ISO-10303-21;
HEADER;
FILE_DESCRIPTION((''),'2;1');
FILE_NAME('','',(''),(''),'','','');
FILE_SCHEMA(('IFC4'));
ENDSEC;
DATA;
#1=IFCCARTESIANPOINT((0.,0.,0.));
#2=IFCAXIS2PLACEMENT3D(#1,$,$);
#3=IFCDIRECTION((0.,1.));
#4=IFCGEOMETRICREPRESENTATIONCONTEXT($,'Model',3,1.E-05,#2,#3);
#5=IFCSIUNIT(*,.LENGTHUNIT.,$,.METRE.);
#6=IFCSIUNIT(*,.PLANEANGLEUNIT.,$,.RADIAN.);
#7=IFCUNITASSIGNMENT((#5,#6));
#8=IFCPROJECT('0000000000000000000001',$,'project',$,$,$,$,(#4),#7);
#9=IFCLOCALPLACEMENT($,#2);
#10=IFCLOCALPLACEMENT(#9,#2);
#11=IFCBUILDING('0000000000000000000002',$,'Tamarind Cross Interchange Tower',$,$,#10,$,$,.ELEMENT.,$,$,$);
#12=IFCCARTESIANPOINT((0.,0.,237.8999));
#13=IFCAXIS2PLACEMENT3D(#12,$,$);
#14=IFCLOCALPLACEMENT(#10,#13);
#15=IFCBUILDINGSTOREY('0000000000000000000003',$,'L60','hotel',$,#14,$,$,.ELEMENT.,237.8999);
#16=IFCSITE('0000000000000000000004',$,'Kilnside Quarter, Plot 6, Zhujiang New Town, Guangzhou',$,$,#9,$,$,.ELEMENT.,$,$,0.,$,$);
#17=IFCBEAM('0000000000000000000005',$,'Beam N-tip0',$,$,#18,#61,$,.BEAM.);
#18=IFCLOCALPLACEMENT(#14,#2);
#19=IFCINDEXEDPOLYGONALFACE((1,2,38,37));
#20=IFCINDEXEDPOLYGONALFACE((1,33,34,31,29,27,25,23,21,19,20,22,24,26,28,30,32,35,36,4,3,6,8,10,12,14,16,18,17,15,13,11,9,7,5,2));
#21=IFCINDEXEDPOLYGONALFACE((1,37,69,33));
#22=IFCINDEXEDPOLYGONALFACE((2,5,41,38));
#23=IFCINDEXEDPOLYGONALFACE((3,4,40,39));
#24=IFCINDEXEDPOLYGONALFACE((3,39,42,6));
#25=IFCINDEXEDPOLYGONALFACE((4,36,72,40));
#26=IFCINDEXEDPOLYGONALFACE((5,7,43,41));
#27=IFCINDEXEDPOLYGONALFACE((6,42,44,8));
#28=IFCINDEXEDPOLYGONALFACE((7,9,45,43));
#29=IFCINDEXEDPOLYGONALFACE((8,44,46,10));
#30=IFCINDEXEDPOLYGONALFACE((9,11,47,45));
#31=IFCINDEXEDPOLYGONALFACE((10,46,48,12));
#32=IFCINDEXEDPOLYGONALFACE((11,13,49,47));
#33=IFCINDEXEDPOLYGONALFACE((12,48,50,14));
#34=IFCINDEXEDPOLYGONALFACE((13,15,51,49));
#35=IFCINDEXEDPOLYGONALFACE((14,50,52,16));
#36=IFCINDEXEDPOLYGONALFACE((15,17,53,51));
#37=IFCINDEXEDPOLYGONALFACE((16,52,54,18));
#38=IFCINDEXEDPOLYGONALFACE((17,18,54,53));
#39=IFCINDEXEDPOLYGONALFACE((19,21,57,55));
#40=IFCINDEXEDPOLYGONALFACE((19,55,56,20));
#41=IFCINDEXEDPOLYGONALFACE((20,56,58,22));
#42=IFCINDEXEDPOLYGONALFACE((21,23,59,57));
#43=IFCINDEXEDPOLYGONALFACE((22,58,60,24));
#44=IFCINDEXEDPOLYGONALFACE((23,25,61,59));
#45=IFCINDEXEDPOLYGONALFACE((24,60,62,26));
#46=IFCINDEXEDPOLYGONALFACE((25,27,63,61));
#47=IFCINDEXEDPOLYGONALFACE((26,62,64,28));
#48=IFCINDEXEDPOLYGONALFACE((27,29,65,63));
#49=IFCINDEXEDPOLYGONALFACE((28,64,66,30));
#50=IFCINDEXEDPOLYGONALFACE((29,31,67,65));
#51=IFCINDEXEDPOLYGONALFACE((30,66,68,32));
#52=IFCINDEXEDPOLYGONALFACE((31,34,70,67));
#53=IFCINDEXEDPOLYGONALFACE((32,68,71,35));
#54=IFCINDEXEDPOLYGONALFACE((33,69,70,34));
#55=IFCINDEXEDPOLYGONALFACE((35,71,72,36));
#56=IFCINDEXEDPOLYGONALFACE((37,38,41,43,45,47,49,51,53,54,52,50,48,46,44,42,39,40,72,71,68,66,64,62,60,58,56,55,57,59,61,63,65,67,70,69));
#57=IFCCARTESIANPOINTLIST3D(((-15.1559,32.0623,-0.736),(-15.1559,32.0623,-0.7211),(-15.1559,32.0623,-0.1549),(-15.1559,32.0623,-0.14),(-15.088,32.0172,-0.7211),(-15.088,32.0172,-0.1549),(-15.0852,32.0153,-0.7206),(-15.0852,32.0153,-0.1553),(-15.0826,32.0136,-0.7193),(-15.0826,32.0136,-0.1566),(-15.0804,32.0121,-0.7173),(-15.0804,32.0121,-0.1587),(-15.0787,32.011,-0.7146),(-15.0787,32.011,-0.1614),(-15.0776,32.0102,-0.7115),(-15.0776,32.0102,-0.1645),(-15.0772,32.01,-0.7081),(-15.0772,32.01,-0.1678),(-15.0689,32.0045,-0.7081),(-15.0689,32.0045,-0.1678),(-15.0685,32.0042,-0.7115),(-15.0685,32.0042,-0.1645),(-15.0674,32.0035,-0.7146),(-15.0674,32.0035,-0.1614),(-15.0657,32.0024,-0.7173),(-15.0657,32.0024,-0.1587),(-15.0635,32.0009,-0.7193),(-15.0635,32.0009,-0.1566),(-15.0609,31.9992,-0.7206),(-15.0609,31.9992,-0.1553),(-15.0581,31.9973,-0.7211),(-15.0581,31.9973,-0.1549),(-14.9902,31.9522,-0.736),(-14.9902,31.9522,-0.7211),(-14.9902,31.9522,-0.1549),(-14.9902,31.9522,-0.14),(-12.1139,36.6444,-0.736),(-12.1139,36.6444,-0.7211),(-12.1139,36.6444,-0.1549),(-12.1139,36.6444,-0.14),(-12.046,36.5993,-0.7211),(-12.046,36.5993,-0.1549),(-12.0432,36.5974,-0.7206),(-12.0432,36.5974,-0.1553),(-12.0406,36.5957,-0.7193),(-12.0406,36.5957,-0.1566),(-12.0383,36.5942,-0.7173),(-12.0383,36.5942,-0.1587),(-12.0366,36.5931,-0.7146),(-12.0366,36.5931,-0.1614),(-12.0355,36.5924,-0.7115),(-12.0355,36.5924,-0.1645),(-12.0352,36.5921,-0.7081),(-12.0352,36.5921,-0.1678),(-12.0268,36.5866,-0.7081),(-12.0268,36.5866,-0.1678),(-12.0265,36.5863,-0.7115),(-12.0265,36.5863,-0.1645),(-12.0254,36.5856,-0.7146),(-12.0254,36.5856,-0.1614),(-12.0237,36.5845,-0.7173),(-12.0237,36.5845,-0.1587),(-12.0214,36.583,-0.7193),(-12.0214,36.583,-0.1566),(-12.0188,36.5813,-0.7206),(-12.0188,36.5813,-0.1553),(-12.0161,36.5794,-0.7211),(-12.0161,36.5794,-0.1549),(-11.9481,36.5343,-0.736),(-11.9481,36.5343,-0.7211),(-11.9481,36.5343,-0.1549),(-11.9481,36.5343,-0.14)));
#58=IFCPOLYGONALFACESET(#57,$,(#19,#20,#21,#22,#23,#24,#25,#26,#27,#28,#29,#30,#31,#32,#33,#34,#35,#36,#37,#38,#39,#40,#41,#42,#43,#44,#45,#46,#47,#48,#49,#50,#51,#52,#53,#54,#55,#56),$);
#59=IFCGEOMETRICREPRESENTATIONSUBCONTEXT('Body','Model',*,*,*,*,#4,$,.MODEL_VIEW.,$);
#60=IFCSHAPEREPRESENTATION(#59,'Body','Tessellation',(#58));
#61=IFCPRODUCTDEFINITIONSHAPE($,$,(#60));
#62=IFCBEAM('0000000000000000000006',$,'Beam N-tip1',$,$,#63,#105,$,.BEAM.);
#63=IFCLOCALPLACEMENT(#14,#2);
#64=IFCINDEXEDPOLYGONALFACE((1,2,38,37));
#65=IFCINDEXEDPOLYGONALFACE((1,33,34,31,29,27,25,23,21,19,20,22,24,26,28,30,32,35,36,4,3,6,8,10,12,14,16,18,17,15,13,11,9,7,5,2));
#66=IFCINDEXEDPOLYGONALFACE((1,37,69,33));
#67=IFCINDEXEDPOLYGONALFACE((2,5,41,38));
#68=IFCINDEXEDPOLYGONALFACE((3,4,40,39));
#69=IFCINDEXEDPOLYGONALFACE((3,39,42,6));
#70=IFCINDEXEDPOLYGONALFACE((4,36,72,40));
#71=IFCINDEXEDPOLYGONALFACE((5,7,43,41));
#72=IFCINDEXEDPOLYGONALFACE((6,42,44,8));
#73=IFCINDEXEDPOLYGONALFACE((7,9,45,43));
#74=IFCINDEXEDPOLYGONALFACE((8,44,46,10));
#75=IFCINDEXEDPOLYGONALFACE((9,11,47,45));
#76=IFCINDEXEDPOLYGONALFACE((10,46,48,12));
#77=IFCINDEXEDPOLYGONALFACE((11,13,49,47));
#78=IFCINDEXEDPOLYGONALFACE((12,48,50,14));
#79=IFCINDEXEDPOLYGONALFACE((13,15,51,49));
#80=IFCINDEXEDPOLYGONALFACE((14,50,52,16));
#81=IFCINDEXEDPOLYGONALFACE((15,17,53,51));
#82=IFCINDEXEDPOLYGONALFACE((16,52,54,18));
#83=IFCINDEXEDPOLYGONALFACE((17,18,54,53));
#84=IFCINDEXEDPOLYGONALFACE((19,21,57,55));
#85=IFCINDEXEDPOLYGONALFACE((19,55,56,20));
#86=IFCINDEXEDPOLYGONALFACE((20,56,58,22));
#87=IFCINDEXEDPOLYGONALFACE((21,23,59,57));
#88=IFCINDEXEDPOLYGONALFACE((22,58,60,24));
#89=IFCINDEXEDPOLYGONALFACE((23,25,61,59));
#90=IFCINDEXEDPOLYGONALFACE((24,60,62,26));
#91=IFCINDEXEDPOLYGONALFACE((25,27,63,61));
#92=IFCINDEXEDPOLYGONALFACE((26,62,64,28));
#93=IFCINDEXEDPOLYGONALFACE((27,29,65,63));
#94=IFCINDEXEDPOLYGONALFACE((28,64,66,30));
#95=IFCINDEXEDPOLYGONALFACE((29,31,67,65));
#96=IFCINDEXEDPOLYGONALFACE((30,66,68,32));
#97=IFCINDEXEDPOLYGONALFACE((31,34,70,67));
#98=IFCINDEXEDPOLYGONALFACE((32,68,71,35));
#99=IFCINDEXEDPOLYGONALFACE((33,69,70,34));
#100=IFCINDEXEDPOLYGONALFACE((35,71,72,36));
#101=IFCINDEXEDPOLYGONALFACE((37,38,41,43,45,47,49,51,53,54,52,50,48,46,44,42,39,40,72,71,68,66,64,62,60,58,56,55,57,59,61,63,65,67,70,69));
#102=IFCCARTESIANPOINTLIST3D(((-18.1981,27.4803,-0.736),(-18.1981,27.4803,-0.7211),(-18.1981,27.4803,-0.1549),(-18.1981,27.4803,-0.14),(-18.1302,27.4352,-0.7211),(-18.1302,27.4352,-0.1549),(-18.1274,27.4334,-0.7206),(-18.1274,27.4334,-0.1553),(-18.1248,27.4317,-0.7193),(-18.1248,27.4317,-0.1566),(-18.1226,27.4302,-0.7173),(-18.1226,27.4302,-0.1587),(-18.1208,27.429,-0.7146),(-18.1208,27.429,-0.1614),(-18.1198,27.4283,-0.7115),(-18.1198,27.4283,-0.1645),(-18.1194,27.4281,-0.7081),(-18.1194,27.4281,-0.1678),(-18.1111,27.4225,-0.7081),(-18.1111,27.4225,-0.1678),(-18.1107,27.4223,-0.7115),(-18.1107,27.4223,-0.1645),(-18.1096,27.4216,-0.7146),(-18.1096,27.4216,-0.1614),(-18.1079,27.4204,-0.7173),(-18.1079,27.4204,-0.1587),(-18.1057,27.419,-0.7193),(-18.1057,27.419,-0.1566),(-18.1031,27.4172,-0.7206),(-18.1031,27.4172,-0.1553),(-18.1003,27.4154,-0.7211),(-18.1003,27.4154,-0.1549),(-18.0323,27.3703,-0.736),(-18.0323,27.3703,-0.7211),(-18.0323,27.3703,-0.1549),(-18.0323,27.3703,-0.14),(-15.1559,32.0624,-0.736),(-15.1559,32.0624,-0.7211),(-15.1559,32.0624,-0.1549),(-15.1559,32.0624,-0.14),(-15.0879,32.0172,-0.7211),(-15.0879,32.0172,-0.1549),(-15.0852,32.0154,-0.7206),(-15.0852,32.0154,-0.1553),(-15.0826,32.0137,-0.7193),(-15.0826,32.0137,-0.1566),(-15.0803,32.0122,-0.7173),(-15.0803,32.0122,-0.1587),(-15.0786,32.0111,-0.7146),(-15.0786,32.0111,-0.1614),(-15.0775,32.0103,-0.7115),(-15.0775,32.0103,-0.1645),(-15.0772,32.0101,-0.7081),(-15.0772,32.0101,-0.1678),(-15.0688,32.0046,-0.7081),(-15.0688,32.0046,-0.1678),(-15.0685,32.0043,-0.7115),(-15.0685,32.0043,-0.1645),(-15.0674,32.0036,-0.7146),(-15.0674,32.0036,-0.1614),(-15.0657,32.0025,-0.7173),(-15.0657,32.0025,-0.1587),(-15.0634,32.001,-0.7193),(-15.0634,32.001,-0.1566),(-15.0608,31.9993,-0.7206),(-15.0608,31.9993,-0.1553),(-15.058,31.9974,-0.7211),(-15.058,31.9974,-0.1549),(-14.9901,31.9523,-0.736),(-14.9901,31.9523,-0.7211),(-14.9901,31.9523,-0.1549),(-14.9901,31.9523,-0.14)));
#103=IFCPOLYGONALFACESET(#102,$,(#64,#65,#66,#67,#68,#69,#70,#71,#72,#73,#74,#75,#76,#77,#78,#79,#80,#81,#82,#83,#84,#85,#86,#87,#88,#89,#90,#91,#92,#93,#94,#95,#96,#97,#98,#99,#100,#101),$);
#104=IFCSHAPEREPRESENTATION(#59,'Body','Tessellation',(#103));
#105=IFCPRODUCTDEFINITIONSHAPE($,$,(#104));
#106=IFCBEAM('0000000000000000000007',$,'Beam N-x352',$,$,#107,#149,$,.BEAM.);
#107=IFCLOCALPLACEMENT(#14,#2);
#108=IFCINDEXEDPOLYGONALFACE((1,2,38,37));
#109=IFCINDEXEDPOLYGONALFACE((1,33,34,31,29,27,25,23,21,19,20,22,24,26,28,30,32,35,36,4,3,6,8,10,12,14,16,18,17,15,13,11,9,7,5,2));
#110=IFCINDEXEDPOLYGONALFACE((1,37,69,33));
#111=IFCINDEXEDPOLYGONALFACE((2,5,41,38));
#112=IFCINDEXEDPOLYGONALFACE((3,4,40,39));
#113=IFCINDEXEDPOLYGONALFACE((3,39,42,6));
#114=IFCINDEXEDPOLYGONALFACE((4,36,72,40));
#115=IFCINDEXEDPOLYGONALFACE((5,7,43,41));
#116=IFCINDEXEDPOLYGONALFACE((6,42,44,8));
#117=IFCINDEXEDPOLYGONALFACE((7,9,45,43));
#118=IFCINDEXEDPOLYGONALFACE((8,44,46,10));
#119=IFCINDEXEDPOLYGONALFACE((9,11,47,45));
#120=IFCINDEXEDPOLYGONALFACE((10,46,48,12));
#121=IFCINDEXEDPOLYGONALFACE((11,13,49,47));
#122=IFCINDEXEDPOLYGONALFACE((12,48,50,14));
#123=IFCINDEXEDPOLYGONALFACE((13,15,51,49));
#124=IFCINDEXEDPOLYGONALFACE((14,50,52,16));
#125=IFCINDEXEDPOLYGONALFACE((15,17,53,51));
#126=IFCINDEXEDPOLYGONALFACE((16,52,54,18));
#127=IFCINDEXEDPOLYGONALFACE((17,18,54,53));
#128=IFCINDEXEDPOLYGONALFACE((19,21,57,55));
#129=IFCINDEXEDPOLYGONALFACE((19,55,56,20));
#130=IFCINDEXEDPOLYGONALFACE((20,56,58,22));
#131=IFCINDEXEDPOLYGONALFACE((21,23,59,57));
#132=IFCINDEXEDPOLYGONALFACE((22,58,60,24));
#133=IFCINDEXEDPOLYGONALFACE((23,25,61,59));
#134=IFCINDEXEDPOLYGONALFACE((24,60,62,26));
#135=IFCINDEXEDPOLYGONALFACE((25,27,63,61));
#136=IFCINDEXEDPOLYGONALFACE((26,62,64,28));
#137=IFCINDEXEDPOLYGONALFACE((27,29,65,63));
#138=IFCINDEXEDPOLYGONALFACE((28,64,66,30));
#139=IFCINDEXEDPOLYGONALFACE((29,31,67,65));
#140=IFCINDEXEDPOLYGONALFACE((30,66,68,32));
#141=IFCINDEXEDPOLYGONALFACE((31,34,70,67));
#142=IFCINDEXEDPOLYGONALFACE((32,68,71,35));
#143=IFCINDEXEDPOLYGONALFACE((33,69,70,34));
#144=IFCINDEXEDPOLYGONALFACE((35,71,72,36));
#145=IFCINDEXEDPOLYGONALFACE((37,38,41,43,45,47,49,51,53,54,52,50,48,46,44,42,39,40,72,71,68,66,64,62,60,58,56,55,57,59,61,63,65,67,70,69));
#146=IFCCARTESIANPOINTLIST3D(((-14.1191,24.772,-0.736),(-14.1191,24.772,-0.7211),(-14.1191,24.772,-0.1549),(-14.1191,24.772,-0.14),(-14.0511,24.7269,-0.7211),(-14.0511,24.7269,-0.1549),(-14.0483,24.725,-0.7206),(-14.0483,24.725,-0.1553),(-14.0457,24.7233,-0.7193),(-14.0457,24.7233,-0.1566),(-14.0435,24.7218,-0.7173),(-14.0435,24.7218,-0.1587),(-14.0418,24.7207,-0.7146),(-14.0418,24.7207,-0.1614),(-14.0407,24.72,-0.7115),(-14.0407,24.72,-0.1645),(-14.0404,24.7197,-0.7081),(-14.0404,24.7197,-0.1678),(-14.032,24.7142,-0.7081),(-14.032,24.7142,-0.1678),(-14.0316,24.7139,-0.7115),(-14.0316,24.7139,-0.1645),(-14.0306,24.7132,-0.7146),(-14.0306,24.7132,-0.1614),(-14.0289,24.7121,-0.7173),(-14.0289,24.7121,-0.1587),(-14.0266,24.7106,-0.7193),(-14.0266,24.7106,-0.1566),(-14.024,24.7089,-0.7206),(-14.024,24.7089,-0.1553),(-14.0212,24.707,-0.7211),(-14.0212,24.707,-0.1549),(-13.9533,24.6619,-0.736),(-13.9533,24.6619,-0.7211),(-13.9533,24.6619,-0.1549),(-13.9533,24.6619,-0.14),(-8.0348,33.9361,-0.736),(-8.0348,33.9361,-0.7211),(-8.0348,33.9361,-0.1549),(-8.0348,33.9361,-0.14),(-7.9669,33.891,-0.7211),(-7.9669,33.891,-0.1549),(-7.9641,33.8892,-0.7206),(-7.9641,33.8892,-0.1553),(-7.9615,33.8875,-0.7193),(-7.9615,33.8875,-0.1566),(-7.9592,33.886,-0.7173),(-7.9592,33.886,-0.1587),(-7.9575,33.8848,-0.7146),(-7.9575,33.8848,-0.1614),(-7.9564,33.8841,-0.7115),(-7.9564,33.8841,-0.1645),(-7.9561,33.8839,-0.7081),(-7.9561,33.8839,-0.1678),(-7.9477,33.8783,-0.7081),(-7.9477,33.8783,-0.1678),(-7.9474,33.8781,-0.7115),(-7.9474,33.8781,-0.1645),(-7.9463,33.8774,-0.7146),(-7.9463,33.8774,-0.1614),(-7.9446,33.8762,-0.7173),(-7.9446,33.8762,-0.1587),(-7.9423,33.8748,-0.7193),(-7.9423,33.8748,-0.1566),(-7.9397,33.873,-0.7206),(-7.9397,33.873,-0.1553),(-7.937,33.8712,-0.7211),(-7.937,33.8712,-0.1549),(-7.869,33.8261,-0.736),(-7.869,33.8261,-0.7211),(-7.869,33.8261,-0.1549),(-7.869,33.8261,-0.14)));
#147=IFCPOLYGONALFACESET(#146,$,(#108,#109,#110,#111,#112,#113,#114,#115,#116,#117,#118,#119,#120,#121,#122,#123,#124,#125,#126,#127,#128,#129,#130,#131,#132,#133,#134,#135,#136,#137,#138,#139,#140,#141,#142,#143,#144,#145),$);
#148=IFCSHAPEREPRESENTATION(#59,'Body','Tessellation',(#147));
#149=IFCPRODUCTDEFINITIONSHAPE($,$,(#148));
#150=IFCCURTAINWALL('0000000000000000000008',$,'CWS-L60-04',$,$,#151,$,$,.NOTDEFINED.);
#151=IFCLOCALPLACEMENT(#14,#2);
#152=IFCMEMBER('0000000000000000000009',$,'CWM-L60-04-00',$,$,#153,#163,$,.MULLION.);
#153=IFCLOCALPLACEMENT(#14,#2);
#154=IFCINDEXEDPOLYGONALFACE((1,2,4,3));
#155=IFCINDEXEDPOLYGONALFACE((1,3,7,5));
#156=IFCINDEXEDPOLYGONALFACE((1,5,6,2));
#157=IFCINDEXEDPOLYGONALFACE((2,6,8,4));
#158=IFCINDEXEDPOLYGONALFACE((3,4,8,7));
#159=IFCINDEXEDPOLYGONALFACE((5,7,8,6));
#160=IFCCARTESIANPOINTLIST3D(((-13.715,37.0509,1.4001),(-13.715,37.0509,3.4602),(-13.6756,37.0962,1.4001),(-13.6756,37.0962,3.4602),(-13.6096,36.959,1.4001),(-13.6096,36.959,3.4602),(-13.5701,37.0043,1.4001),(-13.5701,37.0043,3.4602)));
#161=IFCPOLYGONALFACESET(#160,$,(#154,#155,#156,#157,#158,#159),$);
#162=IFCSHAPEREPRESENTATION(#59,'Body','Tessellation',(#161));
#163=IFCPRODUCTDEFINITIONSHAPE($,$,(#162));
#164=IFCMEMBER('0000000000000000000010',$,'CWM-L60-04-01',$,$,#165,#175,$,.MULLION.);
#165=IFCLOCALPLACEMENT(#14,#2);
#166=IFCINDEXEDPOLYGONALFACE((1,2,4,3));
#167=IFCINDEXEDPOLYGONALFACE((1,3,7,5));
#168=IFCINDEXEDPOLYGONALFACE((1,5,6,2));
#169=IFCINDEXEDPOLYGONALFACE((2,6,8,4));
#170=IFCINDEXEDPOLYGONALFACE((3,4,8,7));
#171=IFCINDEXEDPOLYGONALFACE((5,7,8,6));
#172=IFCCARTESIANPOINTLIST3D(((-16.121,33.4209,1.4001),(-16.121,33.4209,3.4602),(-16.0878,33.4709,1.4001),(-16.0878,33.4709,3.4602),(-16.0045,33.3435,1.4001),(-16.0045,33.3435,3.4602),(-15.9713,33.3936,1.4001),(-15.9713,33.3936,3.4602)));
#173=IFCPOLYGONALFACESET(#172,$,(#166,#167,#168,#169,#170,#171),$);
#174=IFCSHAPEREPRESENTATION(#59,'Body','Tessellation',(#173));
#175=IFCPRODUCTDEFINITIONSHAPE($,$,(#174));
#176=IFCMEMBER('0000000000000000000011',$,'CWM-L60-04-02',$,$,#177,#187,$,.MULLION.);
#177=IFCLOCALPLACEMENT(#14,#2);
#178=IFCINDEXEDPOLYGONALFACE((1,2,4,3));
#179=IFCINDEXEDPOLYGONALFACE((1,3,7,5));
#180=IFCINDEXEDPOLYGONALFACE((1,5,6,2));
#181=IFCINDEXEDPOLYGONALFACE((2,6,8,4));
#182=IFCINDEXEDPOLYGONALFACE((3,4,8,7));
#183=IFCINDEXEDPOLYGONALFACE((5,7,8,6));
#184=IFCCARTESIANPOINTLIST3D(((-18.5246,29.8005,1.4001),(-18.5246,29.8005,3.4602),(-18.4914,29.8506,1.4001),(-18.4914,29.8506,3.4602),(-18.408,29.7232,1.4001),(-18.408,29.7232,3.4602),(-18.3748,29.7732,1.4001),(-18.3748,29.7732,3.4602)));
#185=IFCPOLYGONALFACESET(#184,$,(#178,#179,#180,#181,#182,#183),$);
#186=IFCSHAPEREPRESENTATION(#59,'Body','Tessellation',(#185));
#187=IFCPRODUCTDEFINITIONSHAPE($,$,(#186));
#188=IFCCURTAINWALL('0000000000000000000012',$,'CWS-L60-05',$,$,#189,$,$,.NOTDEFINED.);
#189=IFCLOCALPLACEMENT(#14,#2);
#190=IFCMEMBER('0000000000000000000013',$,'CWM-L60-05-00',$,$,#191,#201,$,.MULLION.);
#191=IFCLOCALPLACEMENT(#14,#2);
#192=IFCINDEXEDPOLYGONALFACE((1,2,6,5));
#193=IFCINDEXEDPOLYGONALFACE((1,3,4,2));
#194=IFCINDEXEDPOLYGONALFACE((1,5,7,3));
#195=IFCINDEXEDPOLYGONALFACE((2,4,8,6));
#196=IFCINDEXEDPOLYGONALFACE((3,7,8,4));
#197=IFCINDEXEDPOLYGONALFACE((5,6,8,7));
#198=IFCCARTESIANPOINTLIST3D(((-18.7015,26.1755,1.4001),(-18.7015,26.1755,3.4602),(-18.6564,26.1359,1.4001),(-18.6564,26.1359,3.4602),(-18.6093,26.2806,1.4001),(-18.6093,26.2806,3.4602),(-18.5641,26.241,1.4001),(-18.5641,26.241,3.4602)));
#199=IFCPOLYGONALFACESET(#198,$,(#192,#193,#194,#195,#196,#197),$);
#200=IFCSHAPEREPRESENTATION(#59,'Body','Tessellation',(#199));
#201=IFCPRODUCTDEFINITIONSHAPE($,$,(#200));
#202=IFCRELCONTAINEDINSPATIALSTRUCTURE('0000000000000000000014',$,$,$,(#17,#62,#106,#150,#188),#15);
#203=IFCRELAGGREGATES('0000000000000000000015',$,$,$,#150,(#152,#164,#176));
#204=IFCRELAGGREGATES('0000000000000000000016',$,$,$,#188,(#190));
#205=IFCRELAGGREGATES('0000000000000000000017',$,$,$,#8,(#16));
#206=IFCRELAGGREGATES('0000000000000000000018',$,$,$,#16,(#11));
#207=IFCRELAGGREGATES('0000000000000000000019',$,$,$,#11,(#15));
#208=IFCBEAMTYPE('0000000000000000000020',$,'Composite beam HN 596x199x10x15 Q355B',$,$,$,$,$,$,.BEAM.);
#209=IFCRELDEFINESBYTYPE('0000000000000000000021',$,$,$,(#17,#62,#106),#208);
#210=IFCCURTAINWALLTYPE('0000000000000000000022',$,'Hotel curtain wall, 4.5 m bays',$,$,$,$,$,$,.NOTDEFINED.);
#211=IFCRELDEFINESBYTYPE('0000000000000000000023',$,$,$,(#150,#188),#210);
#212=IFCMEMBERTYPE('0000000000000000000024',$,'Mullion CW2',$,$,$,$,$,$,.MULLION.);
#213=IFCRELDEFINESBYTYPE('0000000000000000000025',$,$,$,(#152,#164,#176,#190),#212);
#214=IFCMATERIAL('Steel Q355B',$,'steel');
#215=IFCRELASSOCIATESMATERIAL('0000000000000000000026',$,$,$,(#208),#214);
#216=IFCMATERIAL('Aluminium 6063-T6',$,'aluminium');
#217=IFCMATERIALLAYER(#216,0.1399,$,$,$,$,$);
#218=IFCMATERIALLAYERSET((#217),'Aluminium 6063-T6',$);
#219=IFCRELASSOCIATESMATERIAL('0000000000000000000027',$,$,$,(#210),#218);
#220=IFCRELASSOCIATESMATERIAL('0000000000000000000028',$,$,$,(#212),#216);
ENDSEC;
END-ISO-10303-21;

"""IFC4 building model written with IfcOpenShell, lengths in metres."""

from ifc_helpers import new_model, si_unit, direction, frame, origin, origin_2d, place, context, subcontext, project, spatial, rectangle, i_section, extrude, material, layer, layer_set, material_profile, profile_set, type_object, element, aggregate, save


model = new_model("IFC4")

# Units and contexts
model_context = context("Model", 3, precision=1e-05, world=origin(), true_north=direction((0.0, 1.0)))
body_context = subcontext(model_context, "Body", "Model", "MODEL_VIEW")
ifc_project = project(units=[si_unit("LENGTHUNIT", "METRE"), si_unit("PLANEANGLEUNIT", "RADIAN")], contexts=[model_context])

# Site, building, storey
site_placement = place(None, origin())
site = spatial("IfcSite", under=ifc_project, at=site_placement, Name="Kilnside Quarter, Plot 6, Zhujiang New Town, Guangzhou", CompositionType="ELEMENT", RefElevation=0.0)
building_placement = place(site_placement, origin())
building = spatial("IfcBuilding", under=site, at=building_placement, Name="Tamarind Cross Interchange Tower", CompositionType="ELEMENT")
storey_placement = place(building_placement, frame((0.0, 0.0, 237.8999)))
storey = spatial("IfcBuildingStorey", under=building, at=storey_placement, Name="L60", Description="hotel", CompositionType="ELEMENT", Elevation=237.8999)

# Beams
ifc_material_1 = material(Name="Steel Q355B", Category="steel")
ifc_material_profile_1 = material_profile(ifc_material_1, i_section(OverallWidth=0.199, OverallDepth=0.5959, WebThickness=0.01, FlangeThickness=0.0149, FilletRadius=0.0129, at=origin_2d()), Name="HN 596x199x10x15")
ifc_profile_set_1 = profile_set([ifc_material_profile_1], Name="Steel Q355B")
beam_type_1 = type_object("IfcBeamType", Name="Composite beam HN 596x199x10x15 Q355B", PredefinedType="BEAM", material=ifc_profile_set_1)
for number, where, z_axis, x_axis, name in (
    (1, (-12.031, 36.5894, -0.438), (-0.553101, -0.833114, 0.0), (0.833114, -0.553101, 0.0), "Beam N-tip0"),
    (2, (-15.073, 32.0073, -0.438), (-0.553132, -0.833094, 0.0), (0.833094, -0.553132, 0.0), "Beam N-tip1"),
):
    element("IfcBeam", number, at=place(storey_placement, frame(where, z_axis=z_axis, x_axis=x_axis)), inside=storey, type_object=beam_type_1, Name=name, PredefinedType="BEAM", context=body_context, shape_type="SweptSolid", body=[
        extrude(i_section(OverallWidth=0.199, OverallDepth=0.5959, WebThickness=0.01, FlangeThickness=0.0149, FilletRadius=0.0129, at=origin_2d()), origin(), (0.0, 0.0, 1.0), 5.5),
    ])
beam_1_placement = place(storey_placement, frame((-7.9519, 33.8811, -0.438), z_axis=(-0.553117, -0.833104, 0.0), x_axis=(0.833104, -0.553117, 0.0)))
element("IfcBeam", 3, at=beam_1_placement, inside=storey, type_object=beam_type_1, Name="Beam N-x352", PredefinedType="BEAM", context=body_context, shape_type="SweptSolid", body=[
    extrude(i_section(OverallWidth=0.199, OverallDepth=0.5959, WebThickness=0.01, FlangeThickness=0.0149, FilletRadius=0.0129, at=origin_2d()), origin(), (0.0, 0.0, 1.0), 11.0),
])

# Curtain wall, members
ifc_material_2 = material(Name="Aluminium 6063-T6", Category="aluminium")
ifc_layer_1 = layer(ifc_material_2, 0.1399)
ifc_layer_set_1 = layer_set([ifc_layer_1], Name="Aluminium 6063-T6")
curtain_wall_type = type_object("IfcCurtainWallType", Name="Hotel curtain wall, 4.5 m bays", PredefinedType="NOTDEFINED", material=ifc_layer_set_1)
curtain_wall_1_placement = place(storey_placement, origin())
curtain_wall_1 = element("IfcCurtainWall", 4, at=curtain_wall_1_placement, inside=storey, type_object=curtain_wall_type, Name="CWS-L60-04", PredefinedType="NOTDEFINED")
ifc_material_profile_2 = material_profile(ifc_material_2, rectangle(XDim=0.0601, YDim=0.1399, at=origin_2d()), Name="Mullion CW2")
ifc_profile_set_2 = profile_set([ifc_material_profile_2], Name="Aluminium 6063-T6")
member_type = type_object("IfcMemberType", Name="Mullion CW2", PredefinedType="MULLION", material=ifc_profile_set_2)
member_1_placement = place(storey_placement, frame((-13.6426, 37.0276, 1.4001), z_axis=(0.0, 0.0, 1.0), x_axis=(-0.657123, -0.753784, 0.0)))
member_1 = element("IfcMember", 5, at=member_1_placement, type_object=member_type, Name="CWM-L60-04-00", PredefinedType="MULLION", context=body_context, shape_type="SweptSolid", body=[
    extrude(rectangle(XDim=0.0601, YDim=0.1399, at=origin_2d()), origin(), (0.0, 0.0, 1.0), 2.0601),
])
member_2_placement = place(storey_placement, frame((-16.0461, 33.4072, 1.4001), z_axis=(0.0, 0.0, 1.0), x_axis=(-0.553112, -0.833107, 0.0)))
member_2 = element("IfcMember", 6, at=member_2_placement, type_object=member_type, Name="CWM-L60-04-01", PredefinedType="MULLION", context=body_context, shape_type="SweptSolid", body=[
    extrude(rectangle(XDim=0.0601, YDim=0.1399, at=origin_2d()), origin(), (0.0, 0.0, 1.0), 2.0601),
])
member_3_placement = place(storey_placement, frame((-18.4497, 29.7869, 1.4001), z_axis=(0.0, 0.0, 1.0), x_axis=(-0.553112, -0.833107, 0.0)))
member_3 = element("IfcMember", 7, at=member_3_placement, type_object=member_type, Name="CWM-L60-04-02", PredefinedType="MULLION", context=body_context, shape_type="SweptSolid", body=[
    extrude(rectangle(XDim=0.0601, YDim=0.1399, at=origin_2d()), origin(), (0.0, 0.0, 1.0), 2.0601),
])
aggregate(curtain_wall_1, [member_1, member_2, member_3])

# Curtain wall, member
curtain_wall_2_placement = place(storey_placement, origin())
curtain_wall_2 = element("IfcCurtainWall", 8, at=curtain_wall_2_placement, inside=storey, type_object=curtain_wall_type, Name="CWS-L60-05", PredefinedType="NOTDEFINED")
member_4_placement = place(storey_placement, frame((-18.6328, 26.2083, 1.4001), z_axis=(0.0, 0.0, 1.0), x_axis=(0.75183, -0.659357, 0.0)))
member_4 = element("IfcMember", 9, at=member_4_placement, type_object=member_type, Name="CWM-L60-05-00", PredefinedType="MULLION", context=body_context, shape_type="SweptSolid", body=[
    extrude(rectangle(XDim=0.0601, YDim=0.1399, at=origin_2d()), origin(), (0.0, 0.0, 1.0), 2.0601),
])
aggregate(curtain_wall_2, [member_4])

save(model, "model.ifc")
